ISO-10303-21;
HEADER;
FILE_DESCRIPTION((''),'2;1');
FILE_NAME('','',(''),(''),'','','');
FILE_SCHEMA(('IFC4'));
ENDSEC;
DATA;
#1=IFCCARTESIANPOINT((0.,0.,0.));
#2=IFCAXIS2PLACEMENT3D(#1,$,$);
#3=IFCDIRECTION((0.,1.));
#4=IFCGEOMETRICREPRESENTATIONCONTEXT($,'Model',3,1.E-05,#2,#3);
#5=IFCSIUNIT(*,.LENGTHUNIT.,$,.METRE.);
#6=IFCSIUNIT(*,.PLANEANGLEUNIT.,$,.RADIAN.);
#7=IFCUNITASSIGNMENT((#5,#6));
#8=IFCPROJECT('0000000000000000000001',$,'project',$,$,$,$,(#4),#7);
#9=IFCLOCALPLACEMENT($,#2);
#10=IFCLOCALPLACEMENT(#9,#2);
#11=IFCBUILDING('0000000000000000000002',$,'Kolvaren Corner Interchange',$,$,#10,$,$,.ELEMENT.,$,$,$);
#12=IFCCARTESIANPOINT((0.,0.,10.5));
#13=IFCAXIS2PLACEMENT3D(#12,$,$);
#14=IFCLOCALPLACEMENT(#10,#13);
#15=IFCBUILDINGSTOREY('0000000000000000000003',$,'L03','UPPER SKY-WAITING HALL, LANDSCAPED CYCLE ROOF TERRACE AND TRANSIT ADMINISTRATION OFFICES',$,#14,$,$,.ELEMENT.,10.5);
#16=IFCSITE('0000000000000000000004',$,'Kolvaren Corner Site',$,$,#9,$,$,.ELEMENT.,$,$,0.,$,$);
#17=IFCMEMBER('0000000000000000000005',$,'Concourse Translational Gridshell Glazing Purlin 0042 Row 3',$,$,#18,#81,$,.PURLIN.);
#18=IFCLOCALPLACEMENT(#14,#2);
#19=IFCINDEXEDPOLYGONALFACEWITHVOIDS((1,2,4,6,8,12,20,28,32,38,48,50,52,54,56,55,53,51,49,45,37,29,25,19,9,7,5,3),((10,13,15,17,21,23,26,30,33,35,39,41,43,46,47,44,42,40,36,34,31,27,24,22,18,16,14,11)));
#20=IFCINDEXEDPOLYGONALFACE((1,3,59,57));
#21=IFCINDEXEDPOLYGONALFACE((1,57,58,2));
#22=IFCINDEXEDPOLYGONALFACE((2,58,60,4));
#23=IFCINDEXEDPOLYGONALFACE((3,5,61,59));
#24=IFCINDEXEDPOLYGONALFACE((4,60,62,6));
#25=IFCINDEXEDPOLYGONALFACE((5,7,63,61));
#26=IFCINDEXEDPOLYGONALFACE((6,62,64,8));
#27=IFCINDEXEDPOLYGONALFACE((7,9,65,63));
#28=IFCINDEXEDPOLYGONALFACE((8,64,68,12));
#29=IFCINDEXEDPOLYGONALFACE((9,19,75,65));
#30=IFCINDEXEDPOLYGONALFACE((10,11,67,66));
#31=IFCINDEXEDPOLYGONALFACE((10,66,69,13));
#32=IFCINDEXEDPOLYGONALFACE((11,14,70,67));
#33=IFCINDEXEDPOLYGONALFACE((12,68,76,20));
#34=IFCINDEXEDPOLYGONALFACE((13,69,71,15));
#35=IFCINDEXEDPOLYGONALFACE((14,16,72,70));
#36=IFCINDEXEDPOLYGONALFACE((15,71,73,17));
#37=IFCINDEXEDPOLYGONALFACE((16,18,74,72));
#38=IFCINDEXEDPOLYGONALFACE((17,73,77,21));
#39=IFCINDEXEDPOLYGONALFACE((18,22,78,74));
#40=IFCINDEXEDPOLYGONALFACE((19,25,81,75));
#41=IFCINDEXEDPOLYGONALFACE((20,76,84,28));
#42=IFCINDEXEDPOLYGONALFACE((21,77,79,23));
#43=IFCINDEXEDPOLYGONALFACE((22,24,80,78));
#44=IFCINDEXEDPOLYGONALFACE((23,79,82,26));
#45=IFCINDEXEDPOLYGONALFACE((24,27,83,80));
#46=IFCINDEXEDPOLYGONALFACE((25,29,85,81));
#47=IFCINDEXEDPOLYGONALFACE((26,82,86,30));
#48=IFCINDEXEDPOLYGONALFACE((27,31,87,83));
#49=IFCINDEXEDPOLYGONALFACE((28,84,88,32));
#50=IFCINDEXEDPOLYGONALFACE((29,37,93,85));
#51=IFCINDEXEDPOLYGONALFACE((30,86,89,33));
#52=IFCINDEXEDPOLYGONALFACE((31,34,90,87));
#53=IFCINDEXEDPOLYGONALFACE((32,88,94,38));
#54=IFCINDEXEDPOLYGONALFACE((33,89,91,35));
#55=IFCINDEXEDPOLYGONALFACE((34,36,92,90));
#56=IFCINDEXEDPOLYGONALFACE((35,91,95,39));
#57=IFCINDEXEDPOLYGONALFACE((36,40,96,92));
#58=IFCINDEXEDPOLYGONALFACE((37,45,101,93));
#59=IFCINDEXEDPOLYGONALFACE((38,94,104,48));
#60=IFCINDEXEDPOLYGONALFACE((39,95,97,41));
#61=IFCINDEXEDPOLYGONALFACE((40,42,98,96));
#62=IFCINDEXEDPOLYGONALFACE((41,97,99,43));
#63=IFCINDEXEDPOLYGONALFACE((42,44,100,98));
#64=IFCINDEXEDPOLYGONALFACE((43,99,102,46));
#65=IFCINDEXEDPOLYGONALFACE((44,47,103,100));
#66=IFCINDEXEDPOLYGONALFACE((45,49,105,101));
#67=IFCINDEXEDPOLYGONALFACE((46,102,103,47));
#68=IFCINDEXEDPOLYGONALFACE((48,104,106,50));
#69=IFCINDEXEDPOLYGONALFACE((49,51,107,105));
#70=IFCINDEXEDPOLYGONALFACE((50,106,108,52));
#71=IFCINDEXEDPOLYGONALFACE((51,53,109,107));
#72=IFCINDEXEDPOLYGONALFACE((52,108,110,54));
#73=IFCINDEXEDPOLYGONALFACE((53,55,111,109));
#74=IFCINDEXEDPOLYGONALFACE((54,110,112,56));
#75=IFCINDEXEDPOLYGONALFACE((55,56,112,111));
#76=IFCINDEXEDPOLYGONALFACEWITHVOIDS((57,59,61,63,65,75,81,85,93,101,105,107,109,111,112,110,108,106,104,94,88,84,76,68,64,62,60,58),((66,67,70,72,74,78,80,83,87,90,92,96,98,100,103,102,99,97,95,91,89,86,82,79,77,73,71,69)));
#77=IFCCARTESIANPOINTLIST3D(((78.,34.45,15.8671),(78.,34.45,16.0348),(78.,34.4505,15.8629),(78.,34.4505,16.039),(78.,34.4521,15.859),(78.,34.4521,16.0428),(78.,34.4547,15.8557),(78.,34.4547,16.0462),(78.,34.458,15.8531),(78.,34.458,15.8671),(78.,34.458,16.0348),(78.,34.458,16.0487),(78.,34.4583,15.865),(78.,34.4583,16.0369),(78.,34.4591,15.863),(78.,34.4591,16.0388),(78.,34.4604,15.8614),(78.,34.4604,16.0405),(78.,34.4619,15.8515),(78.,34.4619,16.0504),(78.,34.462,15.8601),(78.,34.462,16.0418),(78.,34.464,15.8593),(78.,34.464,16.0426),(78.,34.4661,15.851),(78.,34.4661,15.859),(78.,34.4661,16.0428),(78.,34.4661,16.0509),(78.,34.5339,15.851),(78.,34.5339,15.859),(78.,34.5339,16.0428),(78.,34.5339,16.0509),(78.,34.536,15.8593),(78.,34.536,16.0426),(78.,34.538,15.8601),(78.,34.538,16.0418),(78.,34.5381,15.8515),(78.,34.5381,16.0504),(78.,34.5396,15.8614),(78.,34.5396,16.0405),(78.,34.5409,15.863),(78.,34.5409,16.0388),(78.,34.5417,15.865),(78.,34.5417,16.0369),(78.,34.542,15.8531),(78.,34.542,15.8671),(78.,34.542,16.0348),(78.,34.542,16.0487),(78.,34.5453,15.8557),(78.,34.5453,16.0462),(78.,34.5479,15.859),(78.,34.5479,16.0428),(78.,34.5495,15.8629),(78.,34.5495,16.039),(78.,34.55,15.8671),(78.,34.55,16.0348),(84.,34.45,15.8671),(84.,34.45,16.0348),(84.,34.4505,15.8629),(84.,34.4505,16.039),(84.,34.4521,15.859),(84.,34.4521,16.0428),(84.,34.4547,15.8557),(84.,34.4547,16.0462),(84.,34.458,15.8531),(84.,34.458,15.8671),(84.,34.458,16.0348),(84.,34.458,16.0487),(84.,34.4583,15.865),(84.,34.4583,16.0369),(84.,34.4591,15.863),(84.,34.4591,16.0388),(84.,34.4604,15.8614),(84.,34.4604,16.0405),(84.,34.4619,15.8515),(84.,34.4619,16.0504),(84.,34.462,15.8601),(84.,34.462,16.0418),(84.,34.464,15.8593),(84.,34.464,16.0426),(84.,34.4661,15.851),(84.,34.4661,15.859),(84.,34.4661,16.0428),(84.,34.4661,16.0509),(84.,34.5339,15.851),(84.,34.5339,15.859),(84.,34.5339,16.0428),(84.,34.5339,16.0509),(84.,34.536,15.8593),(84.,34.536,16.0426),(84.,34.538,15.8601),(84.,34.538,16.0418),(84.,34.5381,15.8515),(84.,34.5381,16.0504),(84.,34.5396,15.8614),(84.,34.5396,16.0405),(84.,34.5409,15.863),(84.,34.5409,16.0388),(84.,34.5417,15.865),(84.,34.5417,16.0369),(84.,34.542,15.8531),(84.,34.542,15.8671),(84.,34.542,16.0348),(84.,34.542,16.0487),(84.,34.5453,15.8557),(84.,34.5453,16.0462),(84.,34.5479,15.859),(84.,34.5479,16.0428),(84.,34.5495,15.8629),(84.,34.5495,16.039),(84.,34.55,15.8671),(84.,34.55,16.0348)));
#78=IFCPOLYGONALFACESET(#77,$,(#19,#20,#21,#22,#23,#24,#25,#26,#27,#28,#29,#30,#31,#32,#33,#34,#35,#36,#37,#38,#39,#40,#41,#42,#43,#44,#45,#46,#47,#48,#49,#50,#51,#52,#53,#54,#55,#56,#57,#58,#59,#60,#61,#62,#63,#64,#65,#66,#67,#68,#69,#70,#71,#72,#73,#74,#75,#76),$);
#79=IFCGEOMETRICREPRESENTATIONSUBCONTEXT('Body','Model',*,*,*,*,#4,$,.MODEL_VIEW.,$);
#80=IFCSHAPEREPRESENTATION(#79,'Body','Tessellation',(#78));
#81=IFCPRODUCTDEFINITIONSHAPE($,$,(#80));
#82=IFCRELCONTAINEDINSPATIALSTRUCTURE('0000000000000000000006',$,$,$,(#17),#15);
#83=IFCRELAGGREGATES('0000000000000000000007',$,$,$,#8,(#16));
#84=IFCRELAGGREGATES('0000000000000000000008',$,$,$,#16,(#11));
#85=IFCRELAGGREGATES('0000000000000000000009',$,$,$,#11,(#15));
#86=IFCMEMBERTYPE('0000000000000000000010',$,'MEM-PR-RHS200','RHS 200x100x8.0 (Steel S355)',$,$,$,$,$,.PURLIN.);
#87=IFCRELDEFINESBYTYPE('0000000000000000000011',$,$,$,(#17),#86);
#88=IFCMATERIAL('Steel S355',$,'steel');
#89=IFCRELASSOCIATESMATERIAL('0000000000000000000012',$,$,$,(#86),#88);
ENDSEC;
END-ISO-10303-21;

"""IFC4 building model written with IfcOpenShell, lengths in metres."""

from ifc_helpers import new_model, si_unit, direction, frame, origin, origin_2d, place, context, subcontext, project, spatial, hollow_rectangle, extrude, material, material_profile, profile_set, type_object, element, save


model = new_model("IFC4")

# Units and contexts
model_context = context("Model", 3, precision=1e-05, world=origin(), true_north=direction((0.0, 1.0)))
body_context = subcontext(model_context, "Body", "Model", "MODEL_VIEW")
ifc_project = project(units=[si_unit("LENGTHUNIT", "METRE"), si_unit("PLANEANGLEUNIT", "RADIAN")], contexts=[model_context])

# Site, building, storey
site_placement = place(None, origin())
site = spatial("IfcSite", under=ifc_project, at=site_placement, Name="Kolvaren Corner Site", CompositionType="ELEMENT", RefElevation=0.0)
building_placement = place(site_placement, origin())
building = spatial("IfcBuilding", under=site, at=building_placement, Name="Kolvaren Corner Interchange", CompositionType="ELEMENT")
storey_placement = place(building_placement, frame((0.0, 0.0, 10.5)))
storey = spatial("IfcBuildingStorey", under=building, at=storey_placement, Name="L03", Description="UPPER SKY-WAITING HALL, LANDSCAPED CYCLE ROOF TERRACE AND TRANSIT ADMINISTRATION OFFICES", CompositionType="ELEMENT", Elevation=10.5)

# Member
ifc_material_1 = material(Name="Steel S355", Category="steel")
ifc_material_profile_1 = material_profile(ifc_material_1, hollow_rectangle(XDim=0.1001, YDim=0.2, WallThickness=0.0081, InnerFilletRadius=0.0081, OuterFilletRadius=0.0161, at=origin_2d()), Name="RHS 200x100x8.0")
ifc_profile_set_1 = profile_set([ifc_material_profile_1], Name="Steel S355")
member_type_1 = type_object("IfcMemberType", Name="MEM-PR-RHS200", Description="RHS 200x100x8.0 (Steel S355)", PredefinedType="PURLIN", material=ifc_profile_set_1)
for number, where, z_axis, x_axis, name in (
    (1, (78.0, 34.5, 15.9509), (1.0, 0.0, 0.0), (0.0, 1.0, 0.0), "Concourse Translational Gridshell Glazing Purlin 0042 Row 3"),
):
    element("IfcMember", number, at=place(storey_placement, frame(where, z_axis=z_axis, x_axis=x_axis)), inside=storey, type_object=member_type_1, Name=name, PredefinedType="PURLIN", context=body_context, shape_type="SweptSolid", body=[
        extrude(hollow_rectangle(XDim=0.1001, YDim=0.2, WallThickness=0.0081, InnerFilletRadius=0.0081, OuterFilletRadius=0.0161, at=origin_2d()), origin(), (0.0, 0.0, 1.0), 6.0),
    ])

save(model, "model.ifc")
